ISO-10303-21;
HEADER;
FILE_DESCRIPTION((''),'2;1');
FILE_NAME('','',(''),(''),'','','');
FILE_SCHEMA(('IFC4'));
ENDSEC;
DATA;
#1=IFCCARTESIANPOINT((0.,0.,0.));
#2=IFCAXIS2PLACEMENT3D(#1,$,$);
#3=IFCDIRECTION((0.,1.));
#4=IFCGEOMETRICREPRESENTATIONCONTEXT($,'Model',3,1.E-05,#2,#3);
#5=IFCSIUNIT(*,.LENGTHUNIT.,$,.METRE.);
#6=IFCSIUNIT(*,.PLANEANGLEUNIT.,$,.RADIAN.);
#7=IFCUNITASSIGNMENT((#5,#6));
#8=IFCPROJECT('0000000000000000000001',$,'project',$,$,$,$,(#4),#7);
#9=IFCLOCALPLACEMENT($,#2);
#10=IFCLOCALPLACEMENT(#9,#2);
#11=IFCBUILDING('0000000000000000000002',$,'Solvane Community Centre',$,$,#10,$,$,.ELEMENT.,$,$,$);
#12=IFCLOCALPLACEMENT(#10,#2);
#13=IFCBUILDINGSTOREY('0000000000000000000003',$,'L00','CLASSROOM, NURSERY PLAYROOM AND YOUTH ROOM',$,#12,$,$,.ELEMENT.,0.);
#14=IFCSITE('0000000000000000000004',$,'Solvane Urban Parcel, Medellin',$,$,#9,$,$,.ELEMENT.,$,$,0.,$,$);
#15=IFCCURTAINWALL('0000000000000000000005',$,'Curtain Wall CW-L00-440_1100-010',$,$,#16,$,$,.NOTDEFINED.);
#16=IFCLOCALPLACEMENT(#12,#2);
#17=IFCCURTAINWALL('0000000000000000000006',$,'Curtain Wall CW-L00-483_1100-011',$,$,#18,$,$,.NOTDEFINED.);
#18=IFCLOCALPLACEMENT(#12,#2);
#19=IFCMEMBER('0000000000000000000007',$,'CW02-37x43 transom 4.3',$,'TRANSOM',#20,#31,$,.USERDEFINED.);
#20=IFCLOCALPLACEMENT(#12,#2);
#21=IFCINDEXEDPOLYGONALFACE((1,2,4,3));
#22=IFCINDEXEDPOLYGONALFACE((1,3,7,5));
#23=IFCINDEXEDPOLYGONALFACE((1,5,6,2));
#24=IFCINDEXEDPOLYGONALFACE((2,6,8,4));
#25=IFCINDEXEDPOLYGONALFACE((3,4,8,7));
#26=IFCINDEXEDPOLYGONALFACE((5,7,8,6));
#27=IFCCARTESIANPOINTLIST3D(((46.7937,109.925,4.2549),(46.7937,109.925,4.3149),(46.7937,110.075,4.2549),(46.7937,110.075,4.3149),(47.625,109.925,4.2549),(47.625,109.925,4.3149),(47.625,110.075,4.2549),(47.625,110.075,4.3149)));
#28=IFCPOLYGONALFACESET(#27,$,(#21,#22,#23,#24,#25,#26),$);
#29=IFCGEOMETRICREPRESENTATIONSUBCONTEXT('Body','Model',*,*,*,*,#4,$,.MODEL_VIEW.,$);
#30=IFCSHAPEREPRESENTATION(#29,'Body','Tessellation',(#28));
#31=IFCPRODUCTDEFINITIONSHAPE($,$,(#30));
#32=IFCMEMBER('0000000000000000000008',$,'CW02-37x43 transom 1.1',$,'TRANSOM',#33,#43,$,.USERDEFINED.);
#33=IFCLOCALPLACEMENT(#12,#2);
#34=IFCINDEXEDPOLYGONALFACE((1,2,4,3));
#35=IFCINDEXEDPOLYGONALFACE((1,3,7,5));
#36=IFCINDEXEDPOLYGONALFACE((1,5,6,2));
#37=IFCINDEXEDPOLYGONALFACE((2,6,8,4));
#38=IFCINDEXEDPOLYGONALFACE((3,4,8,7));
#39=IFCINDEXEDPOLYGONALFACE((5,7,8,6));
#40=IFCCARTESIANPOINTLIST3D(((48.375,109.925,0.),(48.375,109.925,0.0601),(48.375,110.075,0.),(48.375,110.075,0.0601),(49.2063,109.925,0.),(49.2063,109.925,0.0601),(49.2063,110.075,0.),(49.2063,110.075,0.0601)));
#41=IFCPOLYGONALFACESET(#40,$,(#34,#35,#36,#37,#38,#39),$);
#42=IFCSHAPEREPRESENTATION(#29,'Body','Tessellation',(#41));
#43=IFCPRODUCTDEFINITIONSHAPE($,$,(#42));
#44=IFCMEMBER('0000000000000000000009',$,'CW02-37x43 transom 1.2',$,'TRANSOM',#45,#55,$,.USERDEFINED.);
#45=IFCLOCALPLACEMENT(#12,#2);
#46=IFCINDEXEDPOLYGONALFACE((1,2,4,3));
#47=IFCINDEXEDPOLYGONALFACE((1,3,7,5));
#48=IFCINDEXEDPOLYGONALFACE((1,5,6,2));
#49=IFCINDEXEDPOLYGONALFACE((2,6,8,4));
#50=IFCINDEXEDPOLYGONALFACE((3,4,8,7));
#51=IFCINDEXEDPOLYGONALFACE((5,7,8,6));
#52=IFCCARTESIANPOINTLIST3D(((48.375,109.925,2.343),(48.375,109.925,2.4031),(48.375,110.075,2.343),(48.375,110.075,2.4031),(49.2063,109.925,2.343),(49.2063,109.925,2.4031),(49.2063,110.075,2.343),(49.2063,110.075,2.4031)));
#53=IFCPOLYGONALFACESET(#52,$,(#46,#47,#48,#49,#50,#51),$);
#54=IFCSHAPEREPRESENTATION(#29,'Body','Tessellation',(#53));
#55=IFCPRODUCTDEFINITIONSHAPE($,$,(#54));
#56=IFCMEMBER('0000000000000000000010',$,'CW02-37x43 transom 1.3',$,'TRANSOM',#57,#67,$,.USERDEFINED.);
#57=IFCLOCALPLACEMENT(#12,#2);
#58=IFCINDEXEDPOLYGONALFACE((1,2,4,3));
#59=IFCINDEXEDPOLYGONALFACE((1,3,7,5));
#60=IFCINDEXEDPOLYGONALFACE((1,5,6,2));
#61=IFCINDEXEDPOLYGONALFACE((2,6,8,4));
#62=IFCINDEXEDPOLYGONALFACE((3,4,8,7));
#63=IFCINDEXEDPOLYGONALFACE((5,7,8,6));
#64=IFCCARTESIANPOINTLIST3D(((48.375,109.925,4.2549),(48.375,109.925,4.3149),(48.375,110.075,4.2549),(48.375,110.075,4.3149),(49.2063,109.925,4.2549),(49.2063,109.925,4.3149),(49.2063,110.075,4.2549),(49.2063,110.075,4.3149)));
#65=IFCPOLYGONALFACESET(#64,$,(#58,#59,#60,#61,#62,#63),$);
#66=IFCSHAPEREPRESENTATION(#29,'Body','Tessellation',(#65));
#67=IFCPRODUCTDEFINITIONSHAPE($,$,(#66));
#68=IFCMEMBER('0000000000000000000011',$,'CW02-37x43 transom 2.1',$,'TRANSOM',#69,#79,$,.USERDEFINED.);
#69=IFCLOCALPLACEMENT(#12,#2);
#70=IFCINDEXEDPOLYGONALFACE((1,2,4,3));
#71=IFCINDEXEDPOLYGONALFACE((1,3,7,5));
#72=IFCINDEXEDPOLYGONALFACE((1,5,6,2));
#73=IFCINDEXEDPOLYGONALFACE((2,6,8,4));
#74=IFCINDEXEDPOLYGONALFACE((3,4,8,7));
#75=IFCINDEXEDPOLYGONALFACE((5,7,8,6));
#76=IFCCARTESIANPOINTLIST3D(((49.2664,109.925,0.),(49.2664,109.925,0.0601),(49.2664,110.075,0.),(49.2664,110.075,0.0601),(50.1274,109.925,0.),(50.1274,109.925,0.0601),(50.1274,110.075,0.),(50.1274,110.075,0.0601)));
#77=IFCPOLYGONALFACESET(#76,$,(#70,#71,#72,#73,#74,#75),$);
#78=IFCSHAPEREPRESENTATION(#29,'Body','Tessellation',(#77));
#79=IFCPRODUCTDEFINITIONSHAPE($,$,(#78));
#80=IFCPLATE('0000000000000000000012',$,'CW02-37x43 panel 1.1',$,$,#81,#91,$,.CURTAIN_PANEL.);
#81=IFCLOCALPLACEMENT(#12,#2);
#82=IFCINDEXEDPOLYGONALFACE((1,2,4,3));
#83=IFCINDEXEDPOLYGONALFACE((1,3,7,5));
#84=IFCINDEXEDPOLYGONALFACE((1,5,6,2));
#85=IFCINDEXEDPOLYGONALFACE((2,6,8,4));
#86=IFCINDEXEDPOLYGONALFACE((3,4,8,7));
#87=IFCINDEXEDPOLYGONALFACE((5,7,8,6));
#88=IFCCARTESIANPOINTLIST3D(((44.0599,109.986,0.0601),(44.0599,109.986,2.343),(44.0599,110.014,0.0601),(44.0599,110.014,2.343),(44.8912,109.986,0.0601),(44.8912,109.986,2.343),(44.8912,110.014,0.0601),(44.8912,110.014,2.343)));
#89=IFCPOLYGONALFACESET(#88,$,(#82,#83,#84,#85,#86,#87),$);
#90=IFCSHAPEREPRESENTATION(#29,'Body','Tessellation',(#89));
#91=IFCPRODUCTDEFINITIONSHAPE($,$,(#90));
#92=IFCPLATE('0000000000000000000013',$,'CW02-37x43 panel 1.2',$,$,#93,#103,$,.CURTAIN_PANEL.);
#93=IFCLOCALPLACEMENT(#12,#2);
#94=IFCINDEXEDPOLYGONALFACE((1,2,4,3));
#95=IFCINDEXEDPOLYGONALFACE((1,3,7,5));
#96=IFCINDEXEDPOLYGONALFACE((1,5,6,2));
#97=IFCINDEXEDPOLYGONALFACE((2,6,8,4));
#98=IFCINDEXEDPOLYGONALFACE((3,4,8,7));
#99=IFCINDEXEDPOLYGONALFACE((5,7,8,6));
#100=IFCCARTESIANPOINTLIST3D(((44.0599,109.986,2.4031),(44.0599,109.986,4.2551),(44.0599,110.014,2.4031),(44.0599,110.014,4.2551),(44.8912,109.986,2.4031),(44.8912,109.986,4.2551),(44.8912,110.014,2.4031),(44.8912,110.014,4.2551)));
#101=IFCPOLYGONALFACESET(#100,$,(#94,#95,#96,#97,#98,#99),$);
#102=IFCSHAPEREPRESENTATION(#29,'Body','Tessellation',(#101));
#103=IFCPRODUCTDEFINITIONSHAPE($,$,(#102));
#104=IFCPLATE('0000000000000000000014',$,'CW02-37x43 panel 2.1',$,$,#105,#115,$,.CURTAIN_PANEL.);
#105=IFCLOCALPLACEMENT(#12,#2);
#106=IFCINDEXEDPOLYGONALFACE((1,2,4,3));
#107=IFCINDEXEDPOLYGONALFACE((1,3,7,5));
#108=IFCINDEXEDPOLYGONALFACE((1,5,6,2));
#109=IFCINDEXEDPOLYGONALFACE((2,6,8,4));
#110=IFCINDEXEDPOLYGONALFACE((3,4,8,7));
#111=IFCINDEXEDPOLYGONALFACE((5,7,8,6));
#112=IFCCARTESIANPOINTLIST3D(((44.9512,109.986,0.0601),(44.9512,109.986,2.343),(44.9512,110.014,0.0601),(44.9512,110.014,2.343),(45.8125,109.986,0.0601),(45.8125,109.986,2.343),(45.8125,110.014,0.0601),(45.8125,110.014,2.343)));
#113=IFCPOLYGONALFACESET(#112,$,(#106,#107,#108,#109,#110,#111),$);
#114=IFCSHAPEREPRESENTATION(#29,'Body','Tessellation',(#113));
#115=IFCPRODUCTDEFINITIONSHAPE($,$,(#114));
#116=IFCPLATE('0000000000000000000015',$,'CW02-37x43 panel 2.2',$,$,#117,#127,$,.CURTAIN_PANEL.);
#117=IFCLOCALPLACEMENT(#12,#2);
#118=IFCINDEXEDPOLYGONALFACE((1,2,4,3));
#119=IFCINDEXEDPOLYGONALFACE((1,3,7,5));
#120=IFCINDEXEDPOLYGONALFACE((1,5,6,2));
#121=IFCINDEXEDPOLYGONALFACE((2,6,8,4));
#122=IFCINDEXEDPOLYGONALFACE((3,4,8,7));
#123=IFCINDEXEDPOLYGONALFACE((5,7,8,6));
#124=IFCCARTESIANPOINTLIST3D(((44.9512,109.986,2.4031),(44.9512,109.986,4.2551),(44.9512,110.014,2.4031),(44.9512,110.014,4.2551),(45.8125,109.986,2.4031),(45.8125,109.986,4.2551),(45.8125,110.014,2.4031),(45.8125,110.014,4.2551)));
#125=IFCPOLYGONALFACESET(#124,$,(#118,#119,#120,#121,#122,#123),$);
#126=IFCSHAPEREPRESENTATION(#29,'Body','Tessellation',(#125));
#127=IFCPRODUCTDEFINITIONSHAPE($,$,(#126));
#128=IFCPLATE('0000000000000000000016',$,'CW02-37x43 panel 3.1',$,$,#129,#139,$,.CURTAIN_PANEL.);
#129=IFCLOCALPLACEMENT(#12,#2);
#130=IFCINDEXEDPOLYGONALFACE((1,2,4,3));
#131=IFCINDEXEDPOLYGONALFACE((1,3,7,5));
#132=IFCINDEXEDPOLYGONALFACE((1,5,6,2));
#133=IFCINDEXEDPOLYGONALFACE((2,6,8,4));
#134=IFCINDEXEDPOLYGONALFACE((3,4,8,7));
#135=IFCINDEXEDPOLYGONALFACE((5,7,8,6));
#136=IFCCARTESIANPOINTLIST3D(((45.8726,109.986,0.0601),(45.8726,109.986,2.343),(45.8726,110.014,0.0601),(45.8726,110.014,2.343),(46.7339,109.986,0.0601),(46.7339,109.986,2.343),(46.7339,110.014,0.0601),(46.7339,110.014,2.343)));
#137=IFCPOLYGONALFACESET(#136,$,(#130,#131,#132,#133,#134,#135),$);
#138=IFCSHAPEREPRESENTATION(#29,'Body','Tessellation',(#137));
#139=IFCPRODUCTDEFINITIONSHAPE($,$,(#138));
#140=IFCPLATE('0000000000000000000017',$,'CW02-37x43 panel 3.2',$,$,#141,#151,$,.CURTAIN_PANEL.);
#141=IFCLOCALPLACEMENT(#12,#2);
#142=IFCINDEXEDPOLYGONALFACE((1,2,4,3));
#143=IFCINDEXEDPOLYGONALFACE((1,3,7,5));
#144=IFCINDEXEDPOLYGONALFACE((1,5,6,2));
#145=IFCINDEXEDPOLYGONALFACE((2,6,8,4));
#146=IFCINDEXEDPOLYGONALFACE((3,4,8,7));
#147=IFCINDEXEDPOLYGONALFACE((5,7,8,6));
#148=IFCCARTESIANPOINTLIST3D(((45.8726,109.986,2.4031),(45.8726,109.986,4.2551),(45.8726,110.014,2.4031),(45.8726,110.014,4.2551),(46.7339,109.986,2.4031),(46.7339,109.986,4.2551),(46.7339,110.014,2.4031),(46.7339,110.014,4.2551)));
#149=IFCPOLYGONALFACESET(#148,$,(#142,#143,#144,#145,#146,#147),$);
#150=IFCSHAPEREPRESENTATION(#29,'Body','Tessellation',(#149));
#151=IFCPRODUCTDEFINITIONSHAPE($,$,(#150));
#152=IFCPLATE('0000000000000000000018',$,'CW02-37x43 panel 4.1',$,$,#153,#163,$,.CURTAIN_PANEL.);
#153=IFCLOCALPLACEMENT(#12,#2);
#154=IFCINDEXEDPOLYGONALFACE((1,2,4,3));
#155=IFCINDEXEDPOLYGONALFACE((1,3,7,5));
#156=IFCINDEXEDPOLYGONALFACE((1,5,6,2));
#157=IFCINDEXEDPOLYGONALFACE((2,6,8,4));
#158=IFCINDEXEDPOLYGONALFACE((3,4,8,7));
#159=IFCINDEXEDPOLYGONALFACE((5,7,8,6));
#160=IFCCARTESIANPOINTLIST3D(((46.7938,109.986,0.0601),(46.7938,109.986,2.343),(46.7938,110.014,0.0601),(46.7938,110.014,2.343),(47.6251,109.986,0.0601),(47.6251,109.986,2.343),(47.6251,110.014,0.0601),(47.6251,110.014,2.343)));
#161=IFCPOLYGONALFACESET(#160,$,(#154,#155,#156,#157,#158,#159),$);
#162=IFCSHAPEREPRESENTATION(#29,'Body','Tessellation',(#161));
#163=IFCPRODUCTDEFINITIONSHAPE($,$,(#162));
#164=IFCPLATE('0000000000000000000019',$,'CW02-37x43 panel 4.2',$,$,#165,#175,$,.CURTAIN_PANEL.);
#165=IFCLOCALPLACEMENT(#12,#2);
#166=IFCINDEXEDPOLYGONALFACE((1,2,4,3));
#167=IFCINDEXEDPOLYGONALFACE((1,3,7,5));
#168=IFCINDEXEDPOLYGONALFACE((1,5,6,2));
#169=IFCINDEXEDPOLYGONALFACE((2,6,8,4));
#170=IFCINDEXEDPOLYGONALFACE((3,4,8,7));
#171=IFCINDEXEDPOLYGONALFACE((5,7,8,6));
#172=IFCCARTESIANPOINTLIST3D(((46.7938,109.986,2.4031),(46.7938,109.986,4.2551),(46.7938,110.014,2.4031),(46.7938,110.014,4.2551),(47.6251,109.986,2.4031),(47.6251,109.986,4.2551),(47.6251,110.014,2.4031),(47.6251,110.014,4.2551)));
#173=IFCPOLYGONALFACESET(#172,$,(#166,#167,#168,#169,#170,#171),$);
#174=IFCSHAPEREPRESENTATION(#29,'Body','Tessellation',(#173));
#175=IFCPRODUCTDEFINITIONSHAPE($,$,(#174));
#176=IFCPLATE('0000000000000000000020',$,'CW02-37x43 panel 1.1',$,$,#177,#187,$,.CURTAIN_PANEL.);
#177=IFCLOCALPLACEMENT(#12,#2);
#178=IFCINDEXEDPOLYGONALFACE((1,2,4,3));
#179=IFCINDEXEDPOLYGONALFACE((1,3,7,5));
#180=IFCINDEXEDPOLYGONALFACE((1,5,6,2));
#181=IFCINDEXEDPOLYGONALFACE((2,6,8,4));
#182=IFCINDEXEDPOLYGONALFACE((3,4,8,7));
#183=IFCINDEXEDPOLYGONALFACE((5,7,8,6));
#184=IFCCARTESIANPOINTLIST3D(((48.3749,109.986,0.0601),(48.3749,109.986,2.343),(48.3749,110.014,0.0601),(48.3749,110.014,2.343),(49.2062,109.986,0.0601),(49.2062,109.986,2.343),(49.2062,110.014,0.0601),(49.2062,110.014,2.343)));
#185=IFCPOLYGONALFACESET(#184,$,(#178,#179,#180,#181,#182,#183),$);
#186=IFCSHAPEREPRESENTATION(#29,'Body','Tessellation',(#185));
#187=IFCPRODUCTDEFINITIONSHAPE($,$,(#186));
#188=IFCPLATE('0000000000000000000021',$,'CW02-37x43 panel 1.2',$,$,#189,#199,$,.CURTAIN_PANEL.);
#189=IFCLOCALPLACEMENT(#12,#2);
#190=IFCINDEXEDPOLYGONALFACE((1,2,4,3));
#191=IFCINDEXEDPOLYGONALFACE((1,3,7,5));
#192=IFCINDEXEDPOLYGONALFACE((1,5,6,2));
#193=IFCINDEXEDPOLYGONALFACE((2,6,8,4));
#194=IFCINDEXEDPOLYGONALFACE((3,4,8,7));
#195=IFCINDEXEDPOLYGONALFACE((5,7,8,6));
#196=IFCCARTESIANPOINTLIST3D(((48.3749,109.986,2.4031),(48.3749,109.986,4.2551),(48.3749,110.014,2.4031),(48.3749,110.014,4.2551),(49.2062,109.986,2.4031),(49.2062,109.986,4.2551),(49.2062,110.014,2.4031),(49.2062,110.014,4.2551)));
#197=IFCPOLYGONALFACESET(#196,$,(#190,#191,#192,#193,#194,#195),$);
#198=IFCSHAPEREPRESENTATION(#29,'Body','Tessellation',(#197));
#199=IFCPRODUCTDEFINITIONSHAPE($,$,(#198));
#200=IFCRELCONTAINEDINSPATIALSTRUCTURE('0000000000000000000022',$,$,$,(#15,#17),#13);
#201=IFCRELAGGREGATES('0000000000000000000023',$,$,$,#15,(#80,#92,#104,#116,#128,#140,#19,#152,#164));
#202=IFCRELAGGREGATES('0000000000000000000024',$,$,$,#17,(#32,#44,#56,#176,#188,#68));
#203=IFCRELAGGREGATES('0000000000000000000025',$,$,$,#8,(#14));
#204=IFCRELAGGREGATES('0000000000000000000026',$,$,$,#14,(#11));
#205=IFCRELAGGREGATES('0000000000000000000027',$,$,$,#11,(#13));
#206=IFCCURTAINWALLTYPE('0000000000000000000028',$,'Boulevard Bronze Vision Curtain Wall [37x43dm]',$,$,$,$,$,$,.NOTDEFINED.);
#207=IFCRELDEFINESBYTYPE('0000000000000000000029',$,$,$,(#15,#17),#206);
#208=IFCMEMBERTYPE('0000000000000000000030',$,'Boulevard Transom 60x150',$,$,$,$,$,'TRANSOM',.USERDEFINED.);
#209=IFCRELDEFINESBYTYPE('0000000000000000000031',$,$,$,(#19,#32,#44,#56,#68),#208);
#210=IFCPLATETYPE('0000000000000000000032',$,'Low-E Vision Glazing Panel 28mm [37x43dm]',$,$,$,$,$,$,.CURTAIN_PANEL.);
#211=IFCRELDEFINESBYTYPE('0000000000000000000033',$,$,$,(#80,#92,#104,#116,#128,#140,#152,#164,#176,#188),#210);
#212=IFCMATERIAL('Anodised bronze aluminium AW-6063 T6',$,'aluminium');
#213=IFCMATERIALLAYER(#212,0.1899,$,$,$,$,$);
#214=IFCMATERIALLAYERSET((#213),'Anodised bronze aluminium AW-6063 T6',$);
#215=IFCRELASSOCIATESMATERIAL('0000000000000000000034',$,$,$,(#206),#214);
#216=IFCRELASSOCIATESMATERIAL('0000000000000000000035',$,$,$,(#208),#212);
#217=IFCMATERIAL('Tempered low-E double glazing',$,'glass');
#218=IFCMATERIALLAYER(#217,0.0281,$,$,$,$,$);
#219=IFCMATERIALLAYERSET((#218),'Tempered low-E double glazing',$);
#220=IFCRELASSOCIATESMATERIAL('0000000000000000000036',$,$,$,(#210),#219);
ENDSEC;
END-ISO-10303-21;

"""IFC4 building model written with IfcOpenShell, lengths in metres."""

from ifc_helpers import new_model, si_unit, direction, frame, origin, origin_2d, place, context, subcontext, project, spatial, rectangle, extrude, material, layer, layer_set, material_profile, profile_set, type_object, element, aggregate, save


model = new_model("IFC4")

# Units and contexts
model_context = context("Model", 3, precision=1e-05, world=origin(), true_north=direction((0.0, 1.0)))
body_context = subcontext(model_context, "Body", "Model", "MODEL_VIEW")
ifc_project = project(units=[si_unit("LENGTHUNIT", "METRE"), si_unit("PLANEANGLEUNIT", "RADIAN")], contexts=[model_context])

# Site, building, storey
site_placement = place(None, origin())
site = spatial("IfcSite", under=ifc_project, at=site_placement, Name="Solvane Urban Parcel, Medellin", CompositionType="ELEMENT", RefElevation=0.0)
building_placement = place(site_placement, origin())
building = spatial("IfcBuilding", under=site, at=building_placement, Name="Solvane Community Centre", CompositionType="ELEMENT")
storey_placement = place(building_placement, origin())
storey = spatial("IfcBuildingStorey", under=building, at=storey_placement, Name="L00", Description="CLASSROOM, NURSERY PLAYROOM AND YOUTH ROOM", CompositionType="ELEMENT", Elevation=0.0)

# Curtain walls
ifc_material_1 = material(Name="Anodised bronze aluminium AW-6063 T6", Category="aluminium")
ifc_layer_1 = layer(ifc_material_1, 0.1899)
ifc_layer_set_1 = layer_set([ifc_layer_1], Name="Anodised bronze aluminium AW-6063 T6")
curtain_wall_type = type_object("IfcCurtainWallType", Name="Boulevard Bronze Vision Curtain Wall [37x43dm]", PredefinedType="NOTDEFINED", material=ifc_layer_set_1)
curtain_wall_1_placement = place(storey_placement, origin())
curtain_wall_1 = element("IfcCurtainWall", 1, at=curtain_wall_1_placement, inside=storey, type_object=curtain_wall_type, Name="Curtain Wall CW-L00-440_1100-010", PredefinedType="NOTDEFINED")
curtain_wall_2_placement = place(storey_placement, origin())
curtain_wall_2 = element("IfcCurtainWall", 2, at=curtain_wall_2_placement, inside=storey, type_object=curtain_wall_type, Name="Curtain Wall CW-L00-483_1100-011", PredefinedType="NOTDEFINED")

# Members
ifc_material_profile_1 = material_profile(ifc_material_1, rectangle(XDim=0.1499, YDim=0.0601, at=origin_2d()), Name="CW-T 60x150")
ifc_profile_set_1 = profile_set([ifc_material_profile_1], Name="Anodised bronze aluminium AW-6063 T6")
member_type_1 = type_object("IfcMemberType", Name="Boulevard Transom 60x150", ElementType="TRANSOM", PredefinedType="USERDEFINED", material=ifc_profile_set_1)
member_1_placement = place(storey_placement, frame((46.7937, 110.0, 4.2849), z_axis=(1.0, 0.0, 0.0), x_axis=(0.0, 1.0, 0.0)))
member_1 = element("IfcMember", 3, at=member_1_placement, type_object=member_type_1, Name="CW02-37x43 transom 4.3", ObjectType="TRANSOM", PredefinedType="USERDEFINED", context=body_context, shape_type="SweptSolid", body=[
    extrude(rectangle(XDim=0.1499, YDim=0.0601, at=origin_2d()), origin(), (0.0, 0.0, 1.0), 0.8313),
])
member_2_placement = place(storey_placement, frame((48.375, 110.0, 0.03), z_axis=(1.0, 0.0, 0.0), x_axis=(0.0, 1.0, 0.0)))
member_2 = element("IfcMember", 4, at=member_2_placement, type_object=member_type_1, Name="CW02-37x43 transom 1.1", ObjectType="TRANSOM", PredefinedType="USERDEFINED", context=body_context, shape_type="SweptSolid", body=[
    extrude(rectangle(XDim=0.1499, YDim=0.0601, at=origin_2d()), origin(), (0.0, 0.0, 1.0), 0.8313),
])
member_3_placement = place(storey_placement, frame((48.375, 110.0, 2.373), z_axis=(1.0, 0.0, 0.0), x_axis=(0.0, 1.0, 0.0)))
member_3 = element("IfcMember", 5, at=member_3_placement, type_object=member_type_1, Name="CW02-37x43 transom 1.2", ObjectType="TRANSOM", PredefinedType="USERDEFINED", context=body_context, shape_type="SweptSolid", body=[
    extrude(rectangle(XDim=0.1499, YDim=0.0601, at=origin_2d()), origin(), (0.0, 0.0, 1.0), 0.8313),
])
member_4_placement = place(storey_placement, frame((48.375, 110.0, 4.2849), z_axis=(1.0, 0.0, 0.0), x_axis=(0.0, 1.0, 0.0)))
member_4 = element("IfcMember", 6, at=member_4_placement, type_object=member_type_1, Name="CW02-37x43 transom 1.3", ObjectType="TRANSOM", PredefinedType="USERDEFINED", context=body_context, shape_type="SweptSolid", body=[
    extrude(rectangle(XDim=0.1499, YDim=0.0601, at=origin_2d()), origin(), (0.0, 0.0, 1.0), 0.8313),
])
member_5_placement = place(storey_placement, frame((49.2664, 110.0, 0.03), z_axis=(1.0, 0.0, 0.0), x_axis=(0.0, 1.0, 0.0)))
member_5 = element("IfcMember", 7, at=member_5_placement, type_object=member_type_1, Name="CW02-37x43 transom 2.1", ObjectType="TRANSOM", PredefinedType="USERDEFINED", context=body_context, shape_type="SweptSolid", body=[
    extrude(rectangle(XDim=0.1499, YDim=0.0601, at=origin_2d()), origin(), (0.0, 0.0, 1.0), 0.8611),
])

# Plates
ifc_material_2 = material(Name="Tempered low-E double glazing", Category="glass")
ifc_layer_2 = layer(ifc_material_2, 0.0281)
ifc_layer_set_2 = layer_set([ifc_layer_2], Name="Tempered low-E double glazing")
plate_type = type_object("IfcPlateType", Name="Low-E Vision Glazing Panel 28mm [37x43dm]", PredefinedType="CURTAIN_PANEL", material=ifc_layer_set_2)
plate_1_placement = place(storey_placement, frame((44.4756, 110.0, 0.0601), z_axis=(0.0, 0.0, 1.0), x_axis=(1.0, 0.0, 0.0)))
plate_1 = element("IfcPlate", 8, at=plate_1_placement, type_object=plate_type, Name="CW02-37x43 panel 1.1", PredefinedType="CURTAIN_PANEL", context=body_context, shape_type="SweptSolid", body=[
    extrude(rectangle(XDim=0.8313, YDim=0.0281, at=origin_2d()), origin(), (0.0, 0.0, 1.0), 2.283),
])
plate_2_placement = place(storey_placement, frame((44.4756, 110.0, 2.4031), z_axis=(0.0, 0.0, 1.0), x_axis=(1.0, 0.0, 0.0)))
plate_2 = element("IfcPlate", 9, at=plate_2_placement, type_object=plate_type, Name="CW02-37x43 panel 1.2", PredefinedType="CURTAIN_PANEL", context=body_context, shape_type="SweptSolid", body=[
    extrude(rectangle(XDim=0.8313, YDim=0.0281, at=origin_2d()), origin(), (0.0, 0.0, 1.0), 1.8521),
])
plate_3_placement = place(storey_placement, frame((45.3818, 110.0, 0.0601), z_axis=(0.0, 0.0, 1.0), x_axis=(1.0, 0.0, 0.0)))
plate_3 = element("IfcPlate", 10, at=plate_3_placement, type_object=plate_type, Name="CW02-37x43 panel 2.1", PredefinedType="CURTAIN_PANEL", context=body_context, shape_type="SweptSolid", body=[
    extrude(rectangle(XDim=0.8613, YDim=0.0281, at=origin_2d()), origin(), (0.0, 0.0, 1.0), 2.283),
])
plate_4_placement = place(storey_placement, frame((45.3818, 110.0, 2.4031), z_axis=(0.0, 0.0, 1.0), x_axis=(1.0, 0.0, 0.0)))
plate_4 = element("IfcPlate", 11, at=plate_4_placement, type_object=plate_type, Name="CW02-37x43 panel 2.2", PredefinedType="CURTAIN_PANEL", context=body_context, shape_type="SweptSolid", body=[
    extrude(rectangle(XDim=0.8613, YDim=0.0281, at=origin_2d()), origin(), (0.0, 0.0, 1.0), 1.8521),
])
plate_5_placement = place(storey_placement, frame((46.3032, 110.0, 0.0601), z_axis=(0.0, 0.0, 1.0), x_axis=(1.0, 0.0, 0.0)))
plate_5 = element("IfcPlate", 12, at=plate_5_placement, type_object=plate_type, Name="CW02-37x43 panel 3.1", PredefinedType="CURTAIN_PANEL", context=body_context, shape_type="SweptSolid", body=[
    extrude(rectangle(XDim=0.8613, YDim=0.0281, at=origin_2d()), origin(), (0.0, 0.0, 1.0), 2.283),
])
plate_6_placement = place(storey_placement, frame((46.3032, 110.0, 2.4031), z_axis=(0.0, 0.0, 1.0), x_axis=(1.0, 0.0, 0.0)))
plate_6 = element("IfcPlate", 13, at=plate_6_placement, type_object=plate_type, Name="CW02-37x43 panel 3.2", PredefinedType="CURTAIN_PANEL", context=body_context, shape_type="SweptSolid", body=[
    extrude(rectangle(XDim=0.8613, YDim=0.0281, at=origin_2d()), origin(), (0.0, 0.0, 1.0), 1.8521),
])
plate_7_placement = place(storey_placement, frame((47.2095, 110.0, 0.0601), z_axis=(0.0, 0.0, 1.0), x_axis=(1.0, 0.0, 0.0)))
plate_7 = element("IfcPlate", 14, at=plate_7_placement, type_object=plate_type, Name="CW02-37x43 panel 4.1", PredefinedType="CURTAIN_PANEL", context=body_context, shape_type="SweptSolid", body=[
    extrude(rectangle(XDim=0.8313, YDim=0.0281, at=origin_2d()), origin(), (0.0, 0.0, 1.0), 2.283),
])
plate_8_placement = place(storey_placement, frame((47.2095, 110.0, 2.4031), z_axis=(0.0, 0.0, 1.0), x_axis=(1.0, 0.0, 0.0)))
plate_8 = element("IfcPlate", 15, at=plate_8_placement, type_object=plate_type, Name="CW02-37x43 panel 4.2", PredefinedType="CURTAIN_PANEL", context=body_context, shape_type="SweptSolid", body=[
    extrude(rectangle(XDim=0.8313, YDim=0.0281, at=origin_2d()), origin(), (0.0, 0.0, 1.0), 1.8521),
])
aggregate(curtain_wall_1, [plate_1, plate_2, plate_3, plate_4, plate_5, plate_6, member_1, plate_7, plate_8])
plate_9_placement = place(storey_placement, frame((48.7905, 110.0, 0.0601), z_axis=(0.0, 0.0, 1.0), x_axis=(1.0, 0.0, 0.0)))
plate_9 = element("IfcPlate", 16, at=plate_9_placement, type_object=plate_type, Name="CW02-37x43 panel 1.1", PredefinedType="CURTAIN_PANEL", context=body_context, shape_type="SweptSolid", body=[
    extrude(rectangle(XDim=0.8313, YDim=0.0281, at=origin_2d()), origin(), (0.0, 0.0, 1.0), 2.283),
])
plate_10_placement = place(storey_placement, frame((48.7905, 110.0, 2.4031), z_axis=(0.0, 0.0, 1.0), x_axis=(1.0, 0.0, 0.0)))
plate_10 = element("IfcPlate", 17, at=plate_10_placement, type_object=plate_type, Name="CW02-37x43 panel 1.2", PredefinedType="CURTAIN_PANEL", context=body_context, shape_type="SweptSolid", body=[
    extrude(rectangle(XDim=0.8313, YDim=0.0281, at=origin_2d()), origin(), (0.0, 0.0, 1.0), 1.8521),
])
aggregate(curtain_wall_2, [member_2, member_3, member_4, plate_9, plate_10, member_5])

save(model, "model.ifc")
